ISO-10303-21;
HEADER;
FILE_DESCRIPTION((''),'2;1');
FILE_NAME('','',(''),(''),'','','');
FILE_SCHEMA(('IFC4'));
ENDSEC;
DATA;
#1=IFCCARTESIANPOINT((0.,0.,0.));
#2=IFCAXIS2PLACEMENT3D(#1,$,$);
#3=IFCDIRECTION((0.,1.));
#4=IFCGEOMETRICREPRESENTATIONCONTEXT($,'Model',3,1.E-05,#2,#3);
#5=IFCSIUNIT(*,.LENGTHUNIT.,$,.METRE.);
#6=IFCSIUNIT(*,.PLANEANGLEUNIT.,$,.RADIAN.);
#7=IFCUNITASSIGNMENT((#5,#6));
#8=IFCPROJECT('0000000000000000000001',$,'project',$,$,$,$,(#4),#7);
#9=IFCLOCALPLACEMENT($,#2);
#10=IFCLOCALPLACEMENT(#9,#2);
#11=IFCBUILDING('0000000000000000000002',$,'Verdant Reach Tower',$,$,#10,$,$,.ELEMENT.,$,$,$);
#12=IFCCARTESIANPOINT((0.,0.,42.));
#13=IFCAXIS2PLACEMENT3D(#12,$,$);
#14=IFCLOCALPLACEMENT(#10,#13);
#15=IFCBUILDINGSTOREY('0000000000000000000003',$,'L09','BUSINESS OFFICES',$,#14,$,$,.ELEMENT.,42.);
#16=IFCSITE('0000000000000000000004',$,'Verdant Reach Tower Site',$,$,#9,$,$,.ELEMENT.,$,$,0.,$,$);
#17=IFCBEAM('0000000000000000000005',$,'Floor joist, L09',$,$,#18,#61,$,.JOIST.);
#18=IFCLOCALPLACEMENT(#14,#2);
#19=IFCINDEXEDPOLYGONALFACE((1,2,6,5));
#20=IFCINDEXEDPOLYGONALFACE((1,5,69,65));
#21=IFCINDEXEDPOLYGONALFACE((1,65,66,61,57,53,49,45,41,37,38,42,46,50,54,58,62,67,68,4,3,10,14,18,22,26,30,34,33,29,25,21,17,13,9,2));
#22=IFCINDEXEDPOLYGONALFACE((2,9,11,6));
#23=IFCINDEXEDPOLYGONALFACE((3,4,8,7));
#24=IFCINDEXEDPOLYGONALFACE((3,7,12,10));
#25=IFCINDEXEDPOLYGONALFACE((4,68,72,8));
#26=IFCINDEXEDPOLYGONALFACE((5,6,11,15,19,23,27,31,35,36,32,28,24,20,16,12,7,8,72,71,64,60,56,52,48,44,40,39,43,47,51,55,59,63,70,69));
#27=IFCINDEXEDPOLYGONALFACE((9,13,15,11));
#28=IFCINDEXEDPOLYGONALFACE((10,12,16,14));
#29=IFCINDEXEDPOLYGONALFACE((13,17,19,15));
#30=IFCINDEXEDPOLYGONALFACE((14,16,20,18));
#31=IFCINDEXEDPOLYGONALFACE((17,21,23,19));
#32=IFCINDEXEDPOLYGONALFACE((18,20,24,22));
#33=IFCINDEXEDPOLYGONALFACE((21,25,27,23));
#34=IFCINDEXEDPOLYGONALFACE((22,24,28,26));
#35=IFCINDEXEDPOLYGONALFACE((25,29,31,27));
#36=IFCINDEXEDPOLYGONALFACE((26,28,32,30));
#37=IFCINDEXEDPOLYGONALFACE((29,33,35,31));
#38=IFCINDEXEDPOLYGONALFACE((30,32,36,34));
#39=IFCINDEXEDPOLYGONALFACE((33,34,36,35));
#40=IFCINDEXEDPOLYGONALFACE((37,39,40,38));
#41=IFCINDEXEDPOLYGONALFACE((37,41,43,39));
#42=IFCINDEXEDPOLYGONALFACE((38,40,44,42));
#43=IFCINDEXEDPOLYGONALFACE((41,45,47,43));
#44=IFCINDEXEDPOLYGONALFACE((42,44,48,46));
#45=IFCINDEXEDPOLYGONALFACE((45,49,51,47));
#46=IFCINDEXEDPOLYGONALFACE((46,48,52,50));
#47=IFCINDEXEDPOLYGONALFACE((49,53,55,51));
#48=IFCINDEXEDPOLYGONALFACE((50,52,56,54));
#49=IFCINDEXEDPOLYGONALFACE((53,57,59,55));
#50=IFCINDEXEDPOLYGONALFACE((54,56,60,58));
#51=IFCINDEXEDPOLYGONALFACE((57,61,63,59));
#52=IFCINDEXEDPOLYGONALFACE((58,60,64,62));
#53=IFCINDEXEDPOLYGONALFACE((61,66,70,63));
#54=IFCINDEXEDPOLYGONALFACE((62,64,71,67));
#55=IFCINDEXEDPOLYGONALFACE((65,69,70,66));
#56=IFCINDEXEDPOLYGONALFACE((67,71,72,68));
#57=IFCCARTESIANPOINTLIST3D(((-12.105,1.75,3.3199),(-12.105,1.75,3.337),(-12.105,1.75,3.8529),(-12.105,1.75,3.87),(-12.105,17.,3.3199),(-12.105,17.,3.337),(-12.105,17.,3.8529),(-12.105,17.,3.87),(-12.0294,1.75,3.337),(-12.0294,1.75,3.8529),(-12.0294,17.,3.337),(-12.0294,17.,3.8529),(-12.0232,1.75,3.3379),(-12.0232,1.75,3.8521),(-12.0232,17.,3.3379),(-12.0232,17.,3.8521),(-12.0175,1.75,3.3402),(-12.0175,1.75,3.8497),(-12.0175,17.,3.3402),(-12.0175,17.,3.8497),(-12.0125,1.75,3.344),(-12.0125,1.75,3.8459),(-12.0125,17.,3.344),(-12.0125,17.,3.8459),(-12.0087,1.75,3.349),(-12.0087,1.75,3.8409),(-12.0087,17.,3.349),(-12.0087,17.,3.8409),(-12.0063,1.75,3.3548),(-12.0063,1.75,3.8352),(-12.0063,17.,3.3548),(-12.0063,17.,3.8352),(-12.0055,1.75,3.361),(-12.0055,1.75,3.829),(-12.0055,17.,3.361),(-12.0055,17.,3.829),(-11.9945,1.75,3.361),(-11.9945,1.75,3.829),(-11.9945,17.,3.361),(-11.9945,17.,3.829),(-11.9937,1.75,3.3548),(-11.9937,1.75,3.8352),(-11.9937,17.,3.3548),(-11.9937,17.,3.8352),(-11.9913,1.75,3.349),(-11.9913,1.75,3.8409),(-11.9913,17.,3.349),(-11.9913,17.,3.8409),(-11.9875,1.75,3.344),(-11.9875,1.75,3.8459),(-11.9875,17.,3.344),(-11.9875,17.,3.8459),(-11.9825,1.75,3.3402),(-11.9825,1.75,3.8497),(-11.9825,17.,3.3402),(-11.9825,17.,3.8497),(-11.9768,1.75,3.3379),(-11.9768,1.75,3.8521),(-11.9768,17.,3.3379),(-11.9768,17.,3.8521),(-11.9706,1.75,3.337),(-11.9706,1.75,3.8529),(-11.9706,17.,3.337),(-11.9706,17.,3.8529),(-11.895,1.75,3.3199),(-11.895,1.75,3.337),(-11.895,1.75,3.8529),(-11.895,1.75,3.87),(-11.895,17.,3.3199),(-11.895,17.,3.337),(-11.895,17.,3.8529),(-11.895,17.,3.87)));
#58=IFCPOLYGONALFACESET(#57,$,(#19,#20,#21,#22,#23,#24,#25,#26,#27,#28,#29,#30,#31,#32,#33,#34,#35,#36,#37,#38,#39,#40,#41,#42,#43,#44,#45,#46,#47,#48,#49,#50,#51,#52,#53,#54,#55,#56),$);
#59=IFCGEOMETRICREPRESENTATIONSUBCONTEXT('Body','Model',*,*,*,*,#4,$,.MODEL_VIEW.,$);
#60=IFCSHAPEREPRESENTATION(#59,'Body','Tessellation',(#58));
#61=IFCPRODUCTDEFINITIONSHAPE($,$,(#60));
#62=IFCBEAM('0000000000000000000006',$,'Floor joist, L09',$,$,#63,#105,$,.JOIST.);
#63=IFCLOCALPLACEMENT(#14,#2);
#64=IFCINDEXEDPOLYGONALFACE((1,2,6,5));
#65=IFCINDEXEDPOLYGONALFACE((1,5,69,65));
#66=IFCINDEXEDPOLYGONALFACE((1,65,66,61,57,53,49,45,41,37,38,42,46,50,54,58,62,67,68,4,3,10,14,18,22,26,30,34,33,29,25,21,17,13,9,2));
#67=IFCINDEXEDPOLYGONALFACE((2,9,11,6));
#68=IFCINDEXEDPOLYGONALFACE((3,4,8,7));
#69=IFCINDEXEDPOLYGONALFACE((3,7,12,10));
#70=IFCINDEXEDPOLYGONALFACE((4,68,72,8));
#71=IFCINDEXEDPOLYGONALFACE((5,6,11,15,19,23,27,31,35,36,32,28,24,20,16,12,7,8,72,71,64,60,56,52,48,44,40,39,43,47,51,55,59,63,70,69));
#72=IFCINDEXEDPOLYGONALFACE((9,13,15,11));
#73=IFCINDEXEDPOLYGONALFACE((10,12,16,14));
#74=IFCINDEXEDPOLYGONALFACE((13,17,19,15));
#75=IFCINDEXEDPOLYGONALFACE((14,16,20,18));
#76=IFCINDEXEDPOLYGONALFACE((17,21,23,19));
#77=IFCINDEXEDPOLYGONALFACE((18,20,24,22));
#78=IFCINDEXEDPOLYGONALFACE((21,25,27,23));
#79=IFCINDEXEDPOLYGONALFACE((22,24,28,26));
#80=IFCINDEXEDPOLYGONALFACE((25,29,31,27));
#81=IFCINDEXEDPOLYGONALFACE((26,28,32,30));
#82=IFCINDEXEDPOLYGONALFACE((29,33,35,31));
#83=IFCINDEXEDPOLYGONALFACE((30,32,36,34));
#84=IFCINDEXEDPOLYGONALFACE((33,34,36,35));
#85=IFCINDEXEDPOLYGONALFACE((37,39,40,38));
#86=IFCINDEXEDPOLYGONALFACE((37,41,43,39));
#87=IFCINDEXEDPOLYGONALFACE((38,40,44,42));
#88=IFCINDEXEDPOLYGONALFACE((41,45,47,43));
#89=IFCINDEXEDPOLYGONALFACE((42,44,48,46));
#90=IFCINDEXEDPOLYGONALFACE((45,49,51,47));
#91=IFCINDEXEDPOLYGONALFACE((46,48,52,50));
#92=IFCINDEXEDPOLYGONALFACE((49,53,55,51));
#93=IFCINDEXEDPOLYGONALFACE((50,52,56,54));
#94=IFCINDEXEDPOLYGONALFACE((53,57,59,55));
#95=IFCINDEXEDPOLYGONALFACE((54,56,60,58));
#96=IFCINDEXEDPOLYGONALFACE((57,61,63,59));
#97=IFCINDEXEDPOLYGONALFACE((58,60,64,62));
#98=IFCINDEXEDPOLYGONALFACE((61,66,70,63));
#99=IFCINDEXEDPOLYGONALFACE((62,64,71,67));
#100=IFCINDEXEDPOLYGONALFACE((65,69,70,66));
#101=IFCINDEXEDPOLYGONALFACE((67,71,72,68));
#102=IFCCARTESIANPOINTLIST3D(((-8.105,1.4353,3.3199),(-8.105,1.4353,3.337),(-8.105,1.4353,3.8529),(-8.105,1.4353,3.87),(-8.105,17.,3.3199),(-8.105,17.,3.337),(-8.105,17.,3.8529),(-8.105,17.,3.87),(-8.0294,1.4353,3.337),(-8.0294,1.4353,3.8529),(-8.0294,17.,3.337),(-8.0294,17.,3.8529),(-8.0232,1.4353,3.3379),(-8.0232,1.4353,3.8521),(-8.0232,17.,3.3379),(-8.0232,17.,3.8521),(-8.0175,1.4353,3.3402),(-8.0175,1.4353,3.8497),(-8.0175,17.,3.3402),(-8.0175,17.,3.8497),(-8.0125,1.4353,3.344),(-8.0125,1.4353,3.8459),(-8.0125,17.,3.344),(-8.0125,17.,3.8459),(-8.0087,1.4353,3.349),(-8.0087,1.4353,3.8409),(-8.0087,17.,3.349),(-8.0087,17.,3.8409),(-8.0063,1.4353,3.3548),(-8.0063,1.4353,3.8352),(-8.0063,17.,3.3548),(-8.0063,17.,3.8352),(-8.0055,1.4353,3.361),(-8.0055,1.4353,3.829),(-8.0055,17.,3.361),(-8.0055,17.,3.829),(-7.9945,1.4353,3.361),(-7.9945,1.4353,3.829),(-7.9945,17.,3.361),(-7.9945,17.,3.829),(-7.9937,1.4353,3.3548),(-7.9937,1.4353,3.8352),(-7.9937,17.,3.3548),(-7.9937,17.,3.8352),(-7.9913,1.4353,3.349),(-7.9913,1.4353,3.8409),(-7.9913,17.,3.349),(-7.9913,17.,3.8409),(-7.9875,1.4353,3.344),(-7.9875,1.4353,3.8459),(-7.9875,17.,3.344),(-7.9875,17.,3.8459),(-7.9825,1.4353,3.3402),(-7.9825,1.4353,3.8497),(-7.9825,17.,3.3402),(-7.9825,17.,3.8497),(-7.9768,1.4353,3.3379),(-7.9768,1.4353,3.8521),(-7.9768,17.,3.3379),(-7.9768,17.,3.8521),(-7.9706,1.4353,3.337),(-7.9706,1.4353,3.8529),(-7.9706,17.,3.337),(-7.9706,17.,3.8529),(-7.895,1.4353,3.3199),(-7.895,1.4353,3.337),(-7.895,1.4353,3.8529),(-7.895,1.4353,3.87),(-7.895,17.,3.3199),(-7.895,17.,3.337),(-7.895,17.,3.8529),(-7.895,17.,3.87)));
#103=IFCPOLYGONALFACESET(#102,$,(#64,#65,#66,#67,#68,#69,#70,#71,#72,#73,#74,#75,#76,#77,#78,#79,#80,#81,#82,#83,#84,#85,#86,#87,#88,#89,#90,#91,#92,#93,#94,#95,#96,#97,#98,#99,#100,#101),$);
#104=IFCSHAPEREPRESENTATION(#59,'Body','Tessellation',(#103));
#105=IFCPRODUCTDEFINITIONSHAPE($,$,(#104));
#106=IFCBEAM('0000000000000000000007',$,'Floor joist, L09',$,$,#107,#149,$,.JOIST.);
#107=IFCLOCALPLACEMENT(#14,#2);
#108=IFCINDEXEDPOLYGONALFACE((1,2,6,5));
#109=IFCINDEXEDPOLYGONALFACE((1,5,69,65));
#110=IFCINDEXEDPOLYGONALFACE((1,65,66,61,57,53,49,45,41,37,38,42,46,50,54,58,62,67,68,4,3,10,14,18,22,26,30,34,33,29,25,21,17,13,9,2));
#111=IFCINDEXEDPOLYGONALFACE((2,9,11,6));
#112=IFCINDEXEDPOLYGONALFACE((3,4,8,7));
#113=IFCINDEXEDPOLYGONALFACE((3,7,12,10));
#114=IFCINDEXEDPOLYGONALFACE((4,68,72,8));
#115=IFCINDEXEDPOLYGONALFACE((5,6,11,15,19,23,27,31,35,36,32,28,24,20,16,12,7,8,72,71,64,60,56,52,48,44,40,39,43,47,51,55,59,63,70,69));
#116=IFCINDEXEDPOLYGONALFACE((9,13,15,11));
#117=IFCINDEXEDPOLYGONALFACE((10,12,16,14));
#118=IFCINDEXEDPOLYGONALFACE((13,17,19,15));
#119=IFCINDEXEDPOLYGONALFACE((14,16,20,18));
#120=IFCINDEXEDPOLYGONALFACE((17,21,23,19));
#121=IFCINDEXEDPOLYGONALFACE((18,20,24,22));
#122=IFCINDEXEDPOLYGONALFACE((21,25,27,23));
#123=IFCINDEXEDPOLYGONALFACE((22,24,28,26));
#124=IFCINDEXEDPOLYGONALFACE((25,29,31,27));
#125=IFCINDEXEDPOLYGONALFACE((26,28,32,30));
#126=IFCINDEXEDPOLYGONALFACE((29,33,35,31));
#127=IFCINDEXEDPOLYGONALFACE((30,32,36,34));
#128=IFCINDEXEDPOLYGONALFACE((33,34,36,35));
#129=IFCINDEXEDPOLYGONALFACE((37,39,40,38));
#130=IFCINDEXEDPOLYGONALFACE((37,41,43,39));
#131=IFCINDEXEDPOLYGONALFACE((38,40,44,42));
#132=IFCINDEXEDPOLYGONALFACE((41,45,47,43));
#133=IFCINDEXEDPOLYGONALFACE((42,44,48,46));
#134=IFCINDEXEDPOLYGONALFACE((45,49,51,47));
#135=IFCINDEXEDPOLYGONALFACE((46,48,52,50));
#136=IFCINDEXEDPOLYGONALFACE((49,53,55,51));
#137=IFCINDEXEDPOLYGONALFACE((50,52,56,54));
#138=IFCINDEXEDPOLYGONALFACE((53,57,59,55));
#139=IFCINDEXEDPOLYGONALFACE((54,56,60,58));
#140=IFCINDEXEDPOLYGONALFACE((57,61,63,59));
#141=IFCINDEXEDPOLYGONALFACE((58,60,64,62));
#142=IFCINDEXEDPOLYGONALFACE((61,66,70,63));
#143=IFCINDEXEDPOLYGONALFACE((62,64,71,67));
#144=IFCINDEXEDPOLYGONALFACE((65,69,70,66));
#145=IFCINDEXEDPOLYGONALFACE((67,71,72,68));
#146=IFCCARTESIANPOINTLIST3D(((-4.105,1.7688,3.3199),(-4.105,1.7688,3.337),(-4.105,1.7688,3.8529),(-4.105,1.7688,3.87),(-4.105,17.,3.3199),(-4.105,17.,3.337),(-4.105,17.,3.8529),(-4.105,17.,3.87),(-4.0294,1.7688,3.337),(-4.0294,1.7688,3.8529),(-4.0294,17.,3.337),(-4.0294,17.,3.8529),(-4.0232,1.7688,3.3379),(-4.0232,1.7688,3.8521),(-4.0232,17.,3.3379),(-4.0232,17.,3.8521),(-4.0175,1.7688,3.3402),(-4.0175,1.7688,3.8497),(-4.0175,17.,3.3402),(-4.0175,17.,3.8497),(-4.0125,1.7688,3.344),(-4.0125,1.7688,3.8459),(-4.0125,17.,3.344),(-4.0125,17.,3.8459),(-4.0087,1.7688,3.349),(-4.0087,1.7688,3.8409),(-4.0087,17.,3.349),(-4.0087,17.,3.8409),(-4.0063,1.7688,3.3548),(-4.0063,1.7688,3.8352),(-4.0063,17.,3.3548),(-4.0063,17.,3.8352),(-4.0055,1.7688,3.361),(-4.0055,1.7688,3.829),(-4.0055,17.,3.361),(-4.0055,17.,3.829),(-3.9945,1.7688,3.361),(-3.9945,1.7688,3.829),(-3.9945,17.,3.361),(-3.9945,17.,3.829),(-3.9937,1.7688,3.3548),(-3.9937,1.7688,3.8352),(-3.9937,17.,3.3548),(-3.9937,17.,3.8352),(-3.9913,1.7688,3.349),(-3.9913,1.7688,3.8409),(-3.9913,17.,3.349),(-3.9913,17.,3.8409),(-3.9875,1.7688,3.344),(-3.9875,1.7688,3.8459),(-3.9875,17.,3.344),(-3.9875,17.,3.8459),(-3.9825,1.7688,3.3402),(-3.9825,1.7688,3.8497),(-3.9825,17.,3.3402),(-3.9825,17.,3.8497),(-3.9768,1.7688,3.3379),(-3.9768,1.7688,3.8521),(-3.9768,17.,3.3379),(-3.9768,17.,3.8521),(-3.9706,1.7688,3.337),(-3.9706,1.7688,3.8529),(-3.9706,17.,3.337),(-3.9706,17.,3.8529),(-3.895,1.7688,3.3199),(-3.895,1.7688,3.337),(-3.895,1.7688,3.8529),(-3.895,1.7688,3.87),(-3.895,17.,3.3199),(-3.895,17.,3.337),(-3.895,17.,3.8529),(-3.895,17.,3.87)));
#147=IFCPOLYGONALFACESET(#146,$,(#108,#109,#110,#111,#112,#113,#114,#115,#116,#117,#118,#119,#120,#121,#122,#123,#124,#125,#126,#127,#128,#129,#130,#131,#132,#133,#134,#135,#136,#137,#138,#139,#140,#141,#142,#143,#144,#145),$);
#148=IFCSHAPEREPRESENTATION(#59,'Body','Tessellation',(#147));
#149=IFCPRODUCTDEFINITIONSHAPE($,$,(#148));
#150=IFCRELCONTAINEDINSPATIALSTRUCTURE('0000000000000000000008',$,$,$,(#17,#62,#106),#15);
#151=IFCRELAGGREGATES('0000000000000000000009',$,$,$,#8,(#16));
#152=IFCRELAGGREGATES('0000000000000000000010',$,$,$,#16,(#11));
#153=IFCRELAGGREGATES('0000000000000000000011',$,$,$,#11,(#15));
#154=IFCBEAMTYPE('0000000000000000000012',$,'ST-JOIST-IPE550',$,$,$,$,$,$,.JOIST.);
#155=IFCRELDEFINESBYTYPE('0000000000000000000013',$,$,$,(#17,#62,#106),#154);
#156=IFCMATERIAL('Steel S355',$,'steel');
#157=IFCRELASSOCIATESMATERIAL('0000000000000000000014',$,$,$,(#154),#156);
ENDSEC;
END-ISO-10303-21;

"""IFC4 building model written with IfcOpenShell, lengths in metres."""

from ifc_helpers import new_model, si_unit, direction, frame, origin, origin_2d, place, context, subcontext, project, spatial, i_section, extrude, material, material_profile, profile_set, type_object, element, save


model = new_model("IFC4")

# Units and contexts
model_context = context("Model", 3, precision=1e-05, world=origin(), true_north=direction((0.0, 1.0)))
body_context = subcontext(model_context, "Body", "Model", "MODEL_VIEW")
ifc_project = project(units=[si_unit("LENGTHUNIT", "METRE"), si_unit("PLANEANGLEUNIT", "RADIAN")], contexts=[model_context])

# Site, building, storey
site_placement = place(None, origin())
site = spatial("IfcSite", under=ifc_project, at=site_placement, Name="Verdant Reach Tower Site", CompositionType="ELEMENT", RefElevation=0.0)
building_placement = place(site_placement, origin())
building = spatial("IfcBuilding", under=site, at=building_placement, Name="Verdant Reach Tower", CompositionType="ELEMENT")
storey_placement = place(building_placement, frame((0.0, 0.0, 42.0)))
storey = spatial("IfcBuildingStorey", under=building, at=storey_placement, Name="L09", Description="BUSINESS OFFICES", CompositionType="ELEMENT", Elevation=42.0)

# Beams
ifc_material_1 = material(Name="Steel S355", Category="steel")
ifc_material_profile_1 = material_profile(ifc_material_1, i_section(OverallWidth=0.21, OverallDepth=0.55, WebThickness=0.011, FlangeThickness=0.0171, FilletRadius=0.0239, at=origin_2d()), Name="IPE 550")
ifc_profile_set_1 = profile_set([ifc_material_profile_1], Name="Steel S355")
beam_type_1 = type_object("IfcBeamType", Name="ST-JOIST-IPE550", PredefinedType="JOIST", material=ifc_profile_set_1)
beam_1_placement = place(storey_placement, frame((-12.0, 17.0, 3.595), z_axis=(0.0, -1.0, 0.0), x_axis=(1.0, 0.0, 0.0)))
element("IfcBeam", 1, at=beam_1_placement, inside=storey, type_object=beam_type_1, Name="Floor joist, L09", PredefinedType="JOIST", context=body_context, shape_type="SweptSolid", body=[
    extrude(i_section(OverallWidth=0.21, OverallDepth=0.55, WebThickness=0.011, FlangeThickness=0.0171, FilletRadius=0.0239, at=origin_2d()), origin(), (0.0, 0.0, 1.0), 15.25),
])
beam_2_placement = place(storey_placement, frame((-8.0, 17.0, 3.595), z_axis=(0.0, -1.0, 0.0), x_axis=(1.0, 0.0, 0.0)))
element("IfcBeam", 2, at=beam_2_placement, inside=storey, type_object=beam_type_1, Name="Floor joist, L09", PredefinedType="JOIST", context=body_context, shape_type="SweptSolid", body=[
    extrude(i_section(OverallWidth=0.21, OverallDepth=0.55, WebThickness=0.011, FlangeThickness=0.0171, FilletRadius=0.0239, at=origin_2d()), origin(), (0.0, 0.0, 1.0), 15.5647),
])
beam_3_placement = place(storey_placement, frame((-4.0, 17.0, 3.595), z_axis=(0.0, -1.0, 0.0), x_axis=(1.0, 0.0, 0.0)))
element("IfcBeam", 3, at=beam_3_placement, inside=storey, type_object=beam_type_1, Name="Floor joist, L09", PredefinedType="JOIST", context=body_context, shape_type="SweptSolid", body=[
    extrude(i_section(OverallWidth=0.21, OverallDepth=0.55, WebThickness=0.011, FlangeThickness=0.0171, FilletRadius=0.0239, at=origin_2d()), origin(), (0.0, 0.0, 1.0), 15.2312),
])

save(model, "model.ifc")
